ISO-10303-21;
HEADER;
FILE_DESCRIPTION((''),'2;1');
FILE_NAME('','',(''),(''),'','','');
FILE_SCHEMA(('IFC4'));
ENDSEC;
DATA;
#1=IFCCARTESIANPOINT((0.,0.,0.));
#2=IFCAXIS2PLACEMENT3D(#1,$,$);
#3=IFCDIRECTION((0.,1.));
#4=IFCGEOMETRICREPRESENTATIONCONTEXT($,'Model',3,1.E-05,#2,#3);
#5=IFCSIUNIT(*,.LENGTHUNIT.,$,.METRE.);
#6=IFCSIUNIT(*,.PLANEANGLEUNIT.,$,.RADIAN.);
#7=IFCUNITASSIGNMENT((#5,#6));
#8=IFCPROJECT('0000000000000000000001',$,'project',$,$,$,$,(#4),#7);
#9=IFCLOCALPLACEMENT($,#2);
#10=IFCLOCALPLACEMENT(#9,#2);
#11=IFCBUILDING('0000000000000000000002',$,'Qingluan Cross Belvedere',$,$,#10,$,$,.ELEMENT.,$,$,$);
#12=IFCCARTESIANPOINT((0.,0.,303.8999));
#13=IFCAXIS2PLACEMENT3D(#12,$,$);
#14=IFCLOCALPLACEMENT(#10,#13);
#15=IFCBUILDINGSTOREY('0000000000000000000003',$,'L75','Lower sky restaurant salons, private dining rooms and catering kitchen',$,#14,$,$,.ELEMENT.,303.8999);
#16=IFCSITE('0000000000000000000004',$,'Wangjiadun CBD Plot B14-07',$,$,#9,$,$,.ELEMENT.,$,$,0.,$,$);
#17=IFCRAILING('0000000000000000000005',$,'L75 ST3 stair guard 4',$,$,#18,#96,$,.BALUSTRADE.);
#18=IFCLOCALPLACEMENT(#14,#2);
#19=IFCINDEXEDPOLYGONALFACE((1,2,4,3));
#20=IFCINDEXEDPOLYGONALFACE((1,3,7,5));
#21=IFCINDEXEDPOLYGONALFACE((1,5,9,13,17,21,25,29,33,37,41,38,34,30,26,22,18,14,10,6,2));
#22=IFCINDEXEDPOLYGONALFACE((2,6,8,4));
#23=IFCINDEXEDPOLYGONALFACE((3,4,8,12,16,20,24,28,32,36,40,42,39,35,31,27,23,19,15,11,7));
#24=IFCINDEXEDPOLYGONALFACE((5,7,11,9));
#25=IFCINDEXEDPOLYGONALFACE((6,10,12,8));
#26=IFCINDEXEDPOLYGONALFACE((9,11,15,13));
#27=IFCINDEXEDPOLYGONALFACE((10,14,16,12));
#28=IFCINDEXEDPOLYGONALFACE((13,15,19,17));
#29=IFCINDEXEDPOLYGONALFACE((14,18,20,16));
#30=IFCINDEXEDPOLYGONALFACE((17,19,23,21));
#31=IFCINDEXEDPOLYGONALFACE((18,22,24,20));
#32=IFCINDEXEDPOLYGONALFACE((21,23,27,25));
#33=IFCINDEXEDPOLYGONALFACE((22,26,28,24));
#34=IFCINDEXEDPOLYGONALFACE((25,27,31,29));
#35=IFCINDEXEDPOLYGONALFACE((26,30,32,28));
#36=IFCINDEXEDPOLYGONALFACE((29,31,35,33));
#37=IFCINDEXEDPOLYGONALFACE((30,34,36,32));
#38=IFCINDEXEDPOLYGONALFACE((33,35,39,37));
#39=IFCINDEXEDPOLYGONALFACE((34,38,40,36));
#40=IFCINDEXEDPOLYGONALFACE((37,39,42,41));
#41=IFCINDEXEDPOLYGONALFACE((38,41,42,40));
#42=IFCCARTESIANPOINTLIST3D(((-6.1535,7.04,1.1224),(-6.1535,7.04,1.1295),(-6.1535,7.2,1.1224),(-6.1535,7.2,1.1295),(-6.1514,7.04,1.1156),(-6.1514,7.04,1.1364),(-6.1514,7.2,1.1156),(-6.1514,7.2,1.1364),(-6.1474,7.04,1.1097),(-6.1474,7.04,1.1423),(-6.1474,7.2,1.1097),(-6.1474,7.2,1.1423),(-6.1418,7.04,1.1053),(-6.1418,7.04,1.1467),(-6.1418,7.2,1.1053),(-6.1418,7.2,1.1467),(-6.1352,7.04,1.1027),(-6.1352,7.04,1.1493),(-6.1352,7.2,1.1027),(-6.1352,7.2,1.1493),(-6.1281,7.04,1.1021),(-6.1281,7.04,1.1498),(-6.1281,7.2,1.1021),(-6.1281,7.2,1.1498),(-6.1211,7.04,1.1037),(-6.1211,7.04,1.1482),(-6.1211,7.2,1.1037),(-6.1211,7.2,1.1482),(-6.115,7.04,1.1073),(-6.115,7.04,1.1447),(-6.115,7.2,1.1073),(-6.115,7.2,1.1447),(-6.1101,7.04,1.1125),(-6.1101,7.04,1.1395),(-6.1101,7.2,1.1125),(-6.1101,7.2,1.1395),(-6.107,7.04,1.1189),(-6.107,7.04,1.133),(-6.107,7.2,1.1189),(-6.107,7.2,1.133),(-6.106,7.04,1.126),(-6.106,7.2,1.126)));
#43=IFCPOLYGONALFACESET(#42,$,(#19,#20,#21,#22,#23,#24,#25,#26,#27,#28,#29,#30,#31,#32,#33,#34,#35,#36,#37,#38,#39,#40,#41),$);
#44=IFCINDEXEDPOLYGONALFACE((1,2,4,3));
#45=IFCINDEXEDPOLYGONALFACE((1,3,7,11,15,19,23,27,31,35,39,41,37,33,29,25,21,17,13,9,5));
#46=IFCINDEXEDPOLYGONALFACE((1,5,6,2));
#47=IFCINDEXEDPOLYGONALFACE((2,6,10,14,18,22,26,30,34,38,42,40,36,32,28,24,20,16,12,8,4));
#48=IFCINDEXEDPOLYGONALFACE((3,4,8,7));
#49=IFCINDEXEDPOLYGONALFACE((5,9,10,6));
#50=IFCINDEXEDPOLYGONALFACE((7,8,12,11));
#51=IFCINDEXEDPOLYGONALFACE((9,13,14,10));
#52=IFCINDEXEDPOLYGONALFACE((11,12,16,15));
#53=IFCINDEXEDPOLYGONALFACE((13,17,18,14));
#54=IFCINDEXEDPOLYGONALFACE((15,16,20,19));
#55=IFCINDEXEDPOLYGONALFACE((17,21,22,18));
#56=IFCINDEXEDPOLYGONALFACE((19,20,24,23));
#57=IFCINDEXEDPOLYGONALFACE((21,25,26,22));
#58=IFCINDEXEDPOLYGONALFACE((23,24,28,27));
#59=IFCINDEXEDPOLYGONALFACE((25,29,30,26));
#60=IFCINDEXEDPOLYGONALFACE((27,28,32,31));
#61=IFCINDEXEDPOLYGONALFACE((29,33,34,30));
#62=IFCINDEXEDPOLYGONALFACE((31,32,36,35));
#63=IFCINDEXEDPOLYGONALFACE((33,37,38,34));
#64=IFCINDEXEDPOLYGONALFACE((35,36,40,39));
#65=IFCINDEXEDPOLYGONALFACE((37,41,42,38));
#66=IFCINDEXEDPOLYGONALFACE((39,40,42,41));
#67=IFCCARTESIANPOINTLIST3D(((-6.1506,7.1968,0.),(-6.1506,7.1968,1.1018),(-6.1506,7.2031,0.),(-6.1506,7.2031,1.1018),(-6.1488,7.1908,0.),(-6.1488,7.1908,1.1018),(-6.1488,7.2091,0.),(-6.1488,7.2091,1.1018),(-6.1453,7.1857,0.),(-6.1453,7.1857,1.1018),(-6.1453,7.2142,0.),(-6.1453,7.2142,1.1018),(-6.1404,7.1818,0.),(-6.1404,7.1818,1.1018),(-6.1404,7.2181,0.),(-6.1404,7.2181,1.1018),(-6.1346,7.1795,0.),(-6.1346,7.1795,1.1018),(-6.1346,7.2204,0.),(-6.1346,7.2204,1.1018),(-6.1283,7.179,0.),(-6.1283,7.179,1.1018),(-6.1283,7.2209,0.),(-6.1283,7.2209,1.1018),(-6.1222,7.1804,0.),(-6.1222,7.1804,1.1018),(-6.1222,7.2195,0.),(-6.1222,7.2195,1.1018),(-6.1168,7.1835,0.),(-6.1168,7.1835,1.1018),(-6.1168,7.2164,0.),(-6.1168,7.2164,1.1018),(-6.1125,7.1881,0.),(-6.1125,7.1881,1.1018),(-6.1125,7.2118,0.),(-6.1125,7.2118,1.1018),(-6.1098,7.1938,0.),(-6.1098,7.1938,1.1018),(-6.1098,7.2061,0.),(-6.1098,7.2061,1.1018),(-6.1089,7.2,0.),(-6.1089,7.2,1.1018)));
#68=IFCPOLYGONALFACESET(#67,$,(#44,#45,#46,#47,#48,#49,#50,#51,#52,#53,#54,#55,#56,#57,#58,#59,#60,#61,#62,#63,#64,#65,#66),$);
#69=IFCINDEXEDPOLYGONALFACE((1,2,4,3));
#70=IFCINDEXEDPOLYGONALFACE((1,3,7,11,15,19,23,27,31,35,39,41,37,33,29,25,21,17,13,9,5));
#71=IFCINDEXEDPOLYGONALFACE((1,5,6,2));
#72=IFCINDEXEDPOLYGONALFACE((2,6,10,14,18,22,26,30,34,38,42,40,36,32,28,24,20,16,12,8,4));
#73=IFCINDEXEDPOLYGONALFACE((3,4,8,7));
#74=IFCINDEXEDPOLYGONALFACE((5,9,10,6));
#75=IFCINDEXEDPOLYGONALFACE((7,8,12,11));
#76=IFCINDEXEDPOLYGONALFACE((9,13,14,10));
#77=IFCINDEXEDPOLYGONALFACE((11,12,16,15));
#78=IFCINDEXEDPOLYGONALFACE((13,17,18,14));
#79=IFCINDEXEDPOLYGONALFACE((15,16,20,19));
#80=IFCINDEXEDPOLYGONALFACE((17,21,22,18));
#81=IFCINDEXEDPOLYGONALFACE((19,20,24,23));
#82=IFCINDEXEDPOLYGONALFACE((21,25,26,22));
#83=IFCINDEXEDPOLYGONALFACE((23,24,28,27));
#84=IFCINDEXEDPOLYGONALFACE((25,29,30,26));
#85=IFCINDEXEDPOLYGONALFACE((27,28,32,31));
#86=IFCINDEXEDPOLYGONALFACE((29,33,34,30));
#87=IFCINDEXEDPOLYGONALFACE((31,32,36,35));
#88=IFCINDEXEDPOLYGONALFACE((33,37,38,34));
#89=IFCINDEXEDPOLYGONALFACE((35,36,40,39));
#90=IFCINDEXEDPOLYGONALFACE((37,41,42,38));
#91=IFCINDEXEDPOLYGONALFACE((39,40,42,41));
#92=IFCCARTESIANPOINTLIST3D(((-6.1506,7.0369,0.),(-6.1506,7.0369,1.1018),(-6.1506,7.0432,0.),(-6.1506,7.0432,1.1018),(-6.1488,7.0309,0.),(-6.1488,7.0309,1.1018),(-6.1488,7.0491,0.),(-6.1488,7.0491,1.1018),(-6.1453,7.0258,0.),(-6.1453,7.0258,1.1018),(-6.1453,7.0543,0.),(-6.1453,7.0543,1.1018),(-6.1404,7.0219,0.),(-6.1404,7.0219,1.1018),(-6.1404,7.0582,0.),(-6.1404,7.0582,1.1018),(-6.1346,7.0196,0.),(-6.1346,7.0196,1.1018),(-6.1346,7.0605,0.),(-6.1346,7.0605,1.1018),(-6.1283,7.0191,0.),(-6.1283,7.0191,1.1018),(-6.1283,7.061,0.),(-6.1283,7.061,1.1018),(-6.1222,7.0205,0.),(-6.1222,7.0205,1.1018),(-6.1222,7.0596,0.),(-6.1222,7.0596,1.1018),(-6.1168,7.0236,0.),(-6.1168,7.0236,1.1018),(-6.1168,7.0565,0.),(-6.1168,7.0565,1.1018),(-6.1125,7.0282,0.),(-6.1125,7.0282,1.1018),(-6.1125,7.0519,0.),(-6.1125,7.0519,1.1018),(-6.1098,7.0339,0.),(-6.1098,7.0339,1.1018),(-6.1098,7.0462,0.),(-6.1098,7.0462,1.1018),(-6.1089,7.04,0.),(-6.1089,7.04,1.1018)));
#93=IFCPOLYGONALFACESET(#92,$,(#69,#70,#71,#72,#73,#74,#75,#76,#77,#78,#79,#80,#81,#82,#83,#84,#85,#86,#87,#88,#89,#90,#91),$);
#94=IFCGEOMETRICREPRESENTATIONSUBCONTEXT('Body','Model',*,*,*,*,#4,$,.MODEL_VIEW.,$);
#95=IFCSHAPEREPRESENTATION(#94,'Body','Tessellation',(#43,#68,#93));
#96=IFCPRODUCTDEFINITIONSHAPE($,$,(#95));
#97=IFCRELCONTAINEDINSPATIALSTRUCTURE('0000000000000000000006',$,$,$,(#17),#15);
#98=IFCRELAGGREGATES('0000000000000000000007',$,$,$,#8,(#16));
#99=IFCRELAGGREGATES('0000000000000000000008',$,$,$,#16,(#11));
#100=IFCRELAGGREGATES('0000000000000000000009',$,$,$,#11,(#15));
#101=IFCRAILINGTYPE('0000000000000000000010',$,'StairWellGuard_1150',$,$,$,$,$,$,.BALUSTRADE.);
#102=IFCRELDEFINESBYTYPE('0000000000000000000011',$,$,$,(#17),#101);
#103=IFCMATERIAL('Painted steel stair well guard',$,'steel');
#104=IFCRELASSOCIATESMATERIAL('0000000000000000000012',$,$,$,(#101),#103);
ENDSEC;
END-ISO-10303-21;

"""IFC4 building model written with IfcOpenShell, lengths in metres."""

from ifc_helpers import new_model, si_unit, direction, frame, origin, origin_2d, place, context, subcontext, project, spatial, circle, extrude, material, type_object, element, save


model = new_model("IFC4")

# Units and contexts
model_context = context("Model", 3, precision=1e-05, world=origin(), true_north=direction((0.0, 1.0)))
body_context = subcontext(model_context, "Body", "Model", "MODEL_VIEW")
ifc_project = project(units=[si_unit("LENGTHUNIT", "METRE"), si_unit("PLANEANGLEUNIT", "RADIAN")], contexts=[model_context])

# Site, building, storey
site_placement = place(None, origin())
site = spatial("IfcSite", under=ifc_project, at=site_placement, Name="Wangjiadun CBD Plot B14-07", CompositionType="ELEMENT", RefElevation=0.0)
building_placement = place(site_placement, origin())
building = spatial("IfcBuilding", under=site, at=building_placement, Name="Qingluan Cross Belvedere", CompositionType="ELEMENT")
storey_placement = place(building_placement, frame((0.0, 0.0, 303.8999)))
storey = spatial("IfcBuildingStorey", under=building, at=storey_placement, Name="L75", Description="Lower sky restaurant salons, private dining rooms and catering kitchen", CompositionType="ELEMENT", Elevation=303.8999)

# Railing
ifc_material_1 = material(Name="Painted steel stair well guard", Category="steel")
railing_type_1 = type_object("IfcRailingType", Name="StairWellGuard_1150", PredefinedType="BALUSTRADE", material=ifc_material_1)
railing_1_placement = place(storey_placement, frame((-6.1299, 7.2, 0.0)))
element("IfcRailing", 1, at=railing_1_placement, inside=storey, type_object=railing_type_1, Name="L75 ST3 stair guard 4", PredefinedType="BALUSTRADE", context=body_context, shape_type="SweptSolid", body=[
    extrude(circle(Radius=0.0239, at=origin_2d()), frame((0.0, 0.0, 1.126), z_axis=(0.0, -1.0, 0.0), x_axis=(1.0, 0.0, 0.0)), (0.0, 0.0, 1.0), 0.1599),
    extrude(circle(Radius=0.021, at=origin_2d()), origin(), (0.0, 0.0, 1.0), 1.1018),
    extrude(circle(Radius=0.021, at=origin_2d()), frame((0.0, -0.1599, 0.0)), (0.0, 0.0, 1.0), 1.1018),
])

save(model, "model.ifc")
